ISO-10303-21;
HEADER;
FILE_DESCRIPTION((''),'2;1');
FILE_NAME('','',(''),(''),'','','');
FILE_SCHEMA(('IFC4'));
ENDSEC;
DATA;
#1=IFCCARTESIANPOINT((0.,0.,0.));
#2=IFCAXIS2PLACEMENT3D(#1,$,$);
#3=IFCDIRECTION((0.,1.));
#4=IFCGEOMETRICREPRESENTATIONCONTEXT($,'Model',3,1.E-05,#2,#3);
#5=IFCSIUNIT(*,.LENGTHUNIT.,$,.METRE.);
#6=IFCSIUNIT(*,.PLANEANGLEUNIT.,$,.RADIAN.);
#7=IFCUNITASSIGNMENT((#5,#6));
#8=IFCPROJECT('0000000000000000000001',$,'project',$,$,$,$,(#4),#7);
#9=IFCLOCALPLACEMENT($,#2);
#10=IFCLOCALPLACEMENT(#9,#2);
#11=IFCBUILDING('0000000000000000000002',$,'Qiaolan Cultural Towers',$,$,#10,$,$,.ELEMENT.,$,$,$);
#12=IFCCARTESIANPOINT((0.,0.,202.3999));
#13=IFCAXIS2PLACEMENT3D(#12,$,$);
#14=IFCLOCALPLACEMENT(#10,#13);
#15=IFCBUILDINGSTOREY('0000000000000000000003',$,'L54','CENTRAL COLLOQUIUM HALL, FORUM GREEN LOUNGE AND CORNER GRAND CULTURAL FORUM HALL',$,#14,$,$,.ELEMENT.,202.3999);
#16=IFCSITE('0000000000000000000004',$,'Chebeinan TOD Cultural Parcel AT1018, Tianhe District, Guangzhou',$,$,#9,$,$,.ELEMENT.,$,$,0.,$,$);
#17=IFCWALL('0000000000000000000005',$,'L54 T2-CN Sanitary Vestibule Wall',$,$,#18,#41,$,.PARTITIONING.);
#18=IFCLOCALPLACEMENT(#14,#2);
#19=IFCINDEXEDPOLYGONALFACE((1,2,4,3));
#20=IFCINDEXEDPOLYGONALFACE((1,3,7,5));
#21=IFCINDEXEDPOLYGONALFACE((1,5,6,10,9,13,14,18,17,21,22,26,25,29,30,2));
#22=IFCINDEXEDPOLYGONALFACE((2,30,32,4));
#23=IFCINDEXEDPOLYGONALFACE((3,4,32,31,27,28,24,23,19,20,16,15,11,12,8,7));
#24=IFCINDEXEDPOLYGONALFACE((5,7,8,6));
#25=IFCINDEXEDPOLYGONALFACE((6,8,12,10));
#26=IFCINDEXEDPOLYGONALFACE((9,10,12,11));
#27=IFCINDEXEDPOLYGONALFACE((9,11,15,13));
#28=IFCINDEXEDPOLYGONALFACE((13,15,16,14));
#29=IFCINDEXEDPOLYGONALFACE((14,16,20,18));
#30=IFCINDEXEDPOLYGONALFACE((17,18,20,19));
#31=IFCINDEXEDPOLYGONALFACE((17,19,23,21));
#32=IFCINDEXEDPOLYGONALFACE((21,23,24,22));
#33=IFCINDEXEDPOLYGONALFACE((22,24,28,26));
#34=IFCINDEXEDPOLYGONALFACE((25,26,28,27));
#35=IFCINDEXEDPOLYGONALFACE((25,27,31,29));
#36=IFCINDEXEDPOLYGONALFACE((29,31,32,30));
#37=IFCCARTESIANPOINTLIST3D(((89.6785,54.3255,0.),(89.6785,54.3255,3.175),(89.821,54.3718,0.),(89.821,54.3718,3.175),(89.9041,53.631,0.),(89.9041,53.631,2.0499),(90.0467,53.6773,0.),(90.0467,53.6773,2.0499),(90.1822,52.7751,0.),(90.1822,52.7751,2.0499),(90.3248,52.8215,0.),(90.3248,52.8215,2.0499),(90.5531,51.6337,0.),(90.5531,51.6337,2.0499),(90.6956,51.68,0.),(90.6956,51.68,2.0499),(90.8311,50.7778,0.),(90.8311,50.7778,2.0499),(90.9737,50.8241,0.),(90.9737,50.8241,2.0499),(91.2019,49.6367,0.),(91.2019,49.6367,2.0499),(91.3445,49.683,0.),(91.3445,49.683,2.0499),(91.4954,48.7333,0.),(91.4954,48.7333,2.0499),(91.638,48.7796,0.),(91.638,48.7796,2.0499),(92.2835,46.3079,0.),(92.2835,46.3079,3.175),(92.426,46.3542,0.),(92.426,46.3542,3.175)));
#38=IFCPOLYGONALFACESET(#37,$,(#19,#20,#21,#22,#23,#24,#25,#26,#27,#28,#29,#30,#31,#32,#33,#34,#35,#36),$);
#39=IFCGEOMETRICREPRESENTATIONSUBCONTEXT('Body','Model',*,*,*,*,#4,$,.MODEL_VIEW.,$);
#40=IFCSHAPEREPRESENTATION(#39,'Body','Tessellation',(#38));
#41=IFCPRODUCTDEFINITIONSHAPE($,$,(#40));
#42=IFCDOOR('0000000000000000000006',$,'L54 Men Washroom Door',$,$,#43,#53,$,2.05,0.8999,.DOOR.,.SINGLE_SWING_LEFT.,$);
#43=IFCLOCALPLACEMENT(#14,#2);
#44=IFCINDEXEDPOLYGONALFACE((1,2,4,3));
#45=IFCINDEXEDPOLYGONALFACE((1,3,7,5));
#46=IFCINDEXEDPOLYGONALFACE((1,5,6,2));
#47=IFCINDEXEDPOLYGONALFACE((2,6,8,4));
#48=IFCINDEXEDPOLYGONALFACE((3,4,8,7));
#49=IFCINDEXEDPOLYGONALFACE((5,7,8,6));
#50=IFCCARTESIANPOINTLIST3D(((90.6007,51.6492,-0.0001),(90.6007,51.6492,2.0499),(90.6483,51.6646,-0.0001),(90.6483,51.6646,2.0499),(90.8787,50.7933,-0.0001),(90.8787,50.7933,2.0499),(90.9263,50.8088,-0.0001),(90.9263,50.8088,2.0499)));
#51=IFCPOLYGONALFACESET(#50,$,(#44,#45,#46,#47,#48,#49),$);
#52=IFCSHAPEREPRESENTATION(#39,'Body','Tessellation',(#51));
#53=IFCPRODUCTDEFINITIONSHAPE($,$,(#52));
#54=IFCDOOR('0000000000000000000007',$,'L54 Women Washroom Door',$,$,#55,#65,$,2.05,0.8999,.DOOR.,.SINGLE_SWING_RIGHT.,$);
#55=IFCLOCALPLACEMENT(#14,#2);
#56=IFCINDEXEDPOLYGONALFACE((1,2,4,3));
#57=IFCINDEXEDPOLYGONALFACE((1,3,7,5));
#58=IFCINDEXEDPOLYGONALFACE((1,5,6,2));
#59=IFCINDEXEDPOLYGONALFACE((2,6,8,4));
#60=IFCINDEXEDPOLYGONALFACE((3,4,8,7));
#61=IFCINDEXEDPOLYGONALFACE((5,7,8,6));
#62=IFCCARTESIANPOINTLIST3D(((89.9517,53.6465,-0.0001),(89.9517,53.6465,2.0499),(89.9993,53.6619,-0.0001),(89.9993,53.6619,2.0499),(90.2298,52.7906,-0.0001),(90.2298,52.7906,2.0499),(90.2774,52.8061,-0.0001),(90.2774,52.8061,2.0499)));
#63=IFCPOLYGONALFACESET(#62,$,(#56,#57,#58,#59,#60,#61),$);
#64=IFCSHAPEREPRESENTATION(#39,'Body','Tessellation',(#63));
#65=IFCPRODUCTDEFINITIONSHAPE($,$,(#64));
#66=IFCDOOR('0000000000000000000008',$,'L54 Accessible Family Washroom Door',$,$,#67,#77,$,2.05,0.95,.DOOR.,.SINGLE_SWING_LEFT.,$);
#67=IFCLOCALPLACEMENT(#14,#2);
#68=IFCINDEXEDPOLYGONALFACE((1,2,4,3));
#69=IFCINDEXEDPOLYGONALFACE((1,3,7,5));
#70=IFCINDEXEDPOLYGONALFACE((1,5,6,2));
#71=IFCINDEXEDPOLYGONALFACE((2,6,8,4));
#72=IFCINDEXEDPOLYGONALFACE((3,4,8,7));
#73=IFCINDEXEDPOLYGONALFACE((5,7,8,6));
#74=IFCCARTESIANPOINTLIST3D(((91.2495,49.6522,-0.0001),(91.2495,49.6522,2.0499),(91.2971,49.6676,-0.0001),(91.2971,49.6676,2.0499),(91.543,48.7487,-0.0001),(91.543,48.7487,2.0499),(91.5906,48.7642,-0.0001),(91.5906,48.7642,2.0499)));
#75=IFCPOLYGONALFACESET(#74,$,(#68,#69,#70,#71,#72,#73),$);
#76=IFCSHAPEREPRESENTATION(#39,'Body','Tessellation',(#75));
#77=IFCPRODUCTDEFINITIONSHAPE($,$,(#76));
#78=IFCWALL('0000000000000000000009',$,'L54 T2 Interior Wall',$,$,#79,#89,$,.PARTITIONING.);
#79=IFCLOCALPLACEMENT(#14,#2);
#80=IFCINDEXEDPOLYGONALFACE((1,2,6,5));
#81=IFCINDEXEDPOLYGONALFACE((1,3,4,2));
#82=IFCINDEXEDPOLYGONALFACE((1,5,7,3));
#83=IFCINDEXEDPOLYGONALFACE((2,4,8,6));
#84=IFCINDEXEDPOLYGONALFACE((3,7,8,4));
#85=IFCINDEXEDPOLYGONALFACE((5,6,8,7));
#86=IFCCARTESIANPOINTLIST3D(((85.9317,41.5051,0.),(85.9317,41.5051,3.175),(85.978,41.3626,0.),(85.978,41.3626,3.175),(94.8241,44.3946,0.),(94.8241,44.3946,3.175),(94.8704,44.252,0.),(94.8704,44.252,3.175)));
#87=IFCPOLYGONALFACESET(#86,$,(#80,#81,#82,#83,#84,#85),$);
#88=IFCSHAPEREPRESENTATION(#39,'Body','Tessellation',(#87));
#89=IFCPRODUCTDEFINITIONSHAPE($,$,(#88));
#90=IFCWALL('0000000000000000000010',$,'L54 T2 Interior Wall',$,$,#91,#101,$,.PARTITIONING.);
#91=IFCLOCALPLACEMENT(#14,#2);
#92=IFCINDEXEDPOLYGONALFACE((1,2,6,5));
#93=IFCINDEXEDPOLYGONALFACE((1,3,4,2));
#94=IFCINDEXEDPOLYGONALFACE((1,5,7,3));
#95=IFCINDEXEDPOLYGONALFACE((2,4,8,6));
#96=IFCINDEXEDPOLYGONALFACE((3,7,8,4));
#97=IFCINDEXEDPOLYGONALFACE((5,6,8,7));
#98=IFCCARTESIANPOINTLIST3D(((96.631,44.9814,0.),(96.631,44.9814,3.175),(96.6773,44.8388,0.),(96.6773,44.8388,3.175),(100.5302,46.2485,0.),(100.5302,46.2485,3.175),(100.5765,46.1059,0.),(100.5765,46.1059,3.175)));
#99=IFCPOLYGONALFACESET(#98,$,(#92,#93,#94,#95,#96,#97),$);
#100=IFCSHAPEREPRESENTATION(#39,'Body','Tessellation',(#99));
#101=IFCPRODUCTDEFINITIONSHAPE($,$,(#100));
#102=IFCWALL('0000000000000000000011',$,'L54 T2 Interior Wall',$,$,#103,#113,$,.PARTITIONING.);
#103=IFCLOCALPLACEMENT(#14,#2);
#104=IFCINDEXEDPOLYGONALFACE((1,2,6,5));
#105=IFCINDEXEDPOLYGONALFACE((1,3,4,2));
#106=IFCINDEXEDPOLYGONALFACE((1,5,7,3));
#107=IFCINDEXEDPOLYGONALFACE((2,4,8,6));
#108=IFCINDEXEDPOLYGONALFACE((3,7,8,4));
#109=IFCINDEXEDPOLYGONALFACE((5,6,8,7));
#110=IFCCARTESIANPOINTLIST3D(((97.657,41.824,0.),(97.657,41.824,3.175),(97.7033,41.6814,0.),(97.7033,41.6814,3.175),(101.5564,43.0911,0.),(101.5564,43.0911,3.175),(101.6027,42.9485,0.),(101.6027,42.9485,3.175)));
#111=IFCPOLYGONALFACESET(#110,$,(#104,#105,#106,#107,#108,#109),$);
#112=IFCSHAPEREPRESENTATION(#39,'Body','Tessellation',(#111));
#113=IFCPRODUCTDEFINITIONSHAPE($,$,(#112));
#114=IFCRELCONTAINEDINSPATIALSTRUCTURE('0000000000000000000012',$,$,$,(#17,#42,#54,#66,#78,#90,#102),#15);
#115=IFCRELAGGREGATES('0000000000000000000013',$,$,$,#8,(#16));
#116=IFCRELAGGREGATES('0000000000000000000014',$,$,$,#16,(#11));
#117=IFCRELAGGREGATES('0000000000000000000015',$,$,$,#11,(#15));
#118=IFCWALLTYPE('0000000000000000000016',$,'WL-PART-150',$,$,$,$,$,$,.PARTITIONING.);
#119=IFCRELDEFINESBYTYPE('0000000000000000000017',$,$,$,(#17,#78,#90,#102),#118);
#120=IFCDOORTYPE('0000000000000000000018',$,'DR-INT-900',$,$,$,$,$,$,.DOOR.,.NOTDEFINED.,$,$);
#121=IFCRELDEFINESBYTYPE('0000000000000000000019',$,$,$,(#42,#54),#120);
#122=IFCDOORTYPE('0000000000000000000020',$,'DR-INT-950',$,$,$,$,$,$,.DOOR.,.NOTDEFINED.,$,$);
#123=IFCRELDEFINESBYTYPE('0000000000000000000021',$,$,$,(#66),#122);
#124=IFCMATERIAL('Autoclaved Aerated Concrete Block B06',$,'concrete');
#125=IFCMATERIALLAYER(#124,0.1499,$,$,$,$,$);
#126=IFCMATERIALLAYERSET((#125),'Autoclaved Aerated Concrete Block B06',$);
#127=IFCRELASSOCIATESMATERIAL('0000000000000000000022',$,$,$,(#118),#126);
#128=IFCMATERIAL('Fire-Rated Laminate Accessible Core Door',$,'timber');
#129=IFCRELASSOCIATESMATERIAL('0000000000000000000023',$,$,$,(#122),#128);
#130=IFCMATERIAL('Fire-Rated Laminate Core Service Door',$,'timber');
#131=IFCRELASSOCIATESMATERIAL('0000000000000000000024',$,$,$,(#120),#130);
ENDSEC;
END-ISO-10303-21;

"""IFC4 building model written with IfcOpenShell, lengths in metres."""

from ifc_helpers import new_model, si_unit, direction, frame, frame_2d, origin, place, context, subcontext, project, spatial, rectangle, extrude, material, layer, layer_set, type_object, element, fill, save


model = new_model("IFC4")

# Units and contexts
model_context = context("Model", 3, precision=1e-05, world=origin(), true_north=direction((0.0, 1.0)))
body_context = subcontext(model_context, "Body", "Model", "MODEL_VIEW")
ifc_project = project(units=[si_unit("LENGTHUNIT", "METRE"), si_unit("PLANEANGLEUNIT", "RADIAN")], contexts=[model_context])

# Site, building, storey
site_placement = place(None, origin())
site = spatial("IfcSite", under=ifc_project, at=site_placement, Name="Chebeinan TOD Cultural Parcel AT1018, Tianhe District, Guangzhou", CompositionType="ELEMENT", RefElevation=0.0)
building_placement = place(site_placement, origin())
building = spatial("IfcBuilding", under=site, at=building_placement, Name="Qiaolan Cultural Towers", CompositionType="ELEMENT")
storey_placement = place(building_placement, frame((0.0, 0.0, 202.3999)))
storey = spatial("IfcBuildingStorey", under=building, at=storey_placement, Name="L54", Description="CENTRAL COLLOQUIUM HALL, FORUM GREEN LOUNGE AND CORNER GRAND CULTURAL FORUM HALL", CompositionType="ELEMENT", Elevation=202.3999)

# Shared definitions
ifc_material_1 = material(Name="Autoclaved Aerated Concrete Block B06", Category="concrete")
ifc_layer_1 = layer(ifc_material_1, 0.1499)
ifc_layer_set_1 = layer_set([ifc_layer_1], Name="Autoclaved Aerated Concrete Block B06")
wall_type_1 = type_object("IfcWallType", Name="WL-PART-150", PredefinedType="PARTITIONING", material=ifc_layer_set_1)
ifc_material_2 = material(Name="Fire-Rated Laminate Accessible Core Door", Category="timber")
door_type_1 = type_object("IfcDoorType", Name="DR-INT-950", OperationType="NOTDEFINED", PredefinedType="DOOR", material=ifc_material_2)

# Wall, openings, doors
wall_1_placement = place(storey_placement, frame((92.3547, 46.3311, 0.0), z_axis=(0.0, 0.0, 1.0), x_axis=(-0.309007, 0.95106, 0.0)))
wall_1 = element("IfcWall", 1, at=wall_1_placement, inside=storey, type_object=wall_type_1, Name="L54 T2-CN Sanitary Vestibule Wall", PredefinedType="PARTITIONING", context=body_context, shape_type="SweptSolid", body=[
    extrude(rectangle(XDim=8.4302, YDim=0.1499, at=frame_2d((4.2151, 0.0))), origin(), (0.0, 0.0, 1.0), 3.175),
])
opening_1_placement = place(wall_1_placement, frame((2.55, 0.0, 0.0)))
opening_1 = element("IfcOpeningElement", 2, at=opening_1_placement, cuts=wall_1, PredefinedType="OPENING", context=body_context, shape_type="SweptSolid", body=[
    extrude(rectangle(XDim=0.95, YDim=2.05, at=frame_2d((0.4751, 1.0249))), frame((0.0, 0.085, 0.0), z_axis=(0.0, -1.0, 0.0), x_axis=(1.0, 0.0, 0.0)), (0.0, 0.0, 1.0), 0.1699),
])
opening_2_placement = place(wall_1_placement, frame((4.7, 0.0, 0.0)))
opening_2 = element("IfcOpeningElement", 3, at=opening_2_placement, cuts=wall_1, PredefinedType="OPENING", context=body_context, shape_type="SweptSolid", body=[
    extrude(rectangle(XDim=0.8999, YDim=2.05, at=frame_2d((0.45, 1.0249))), frame((0.0, 0.085, 0.0), z_axis=(0.0, -1.0, 0.0), x_axis=(1.0, 0.0, 0.0)), (0.0, 0.0, 1.0), 0.1699),
])
opening_3_placement = place(wall_1_placement, frame((6.8, 0.0, 0.0)))
opening_3 = element("IfcOpeningElement", 4, at=opening_3_placement, cuts=wall_1, PredefinedType="OPENING", context=body_context, shape_type="SweptSolid", body=[
    extrude(rectangle(XDim=0.8999, YDim=2.05, at=frame_2d((0.45, 1.0249))), frame((0.0, 0.085, 0.0), z_axis=(0.0, -1.0, 0.0), x_axis=(1.0, 0.0, 0.0)), (0.0, 0.0, 1.0), 0.1699),
])
ifc_material_3 = material(Name="Fire-Rated Laminate Core Service Door", Category="timber")
door_type_2 = type_object("IfcDoorType", Name="DR-INT-900", OperationType="NOTDEFINED", PredefinedType="DOOR", material=ifc_material_3)
door_1_placement = place(opening_2_placement, origin())
door_1 = element("IfcDoor", 5, at=door_1_placement, inside=storey, type_object=door_type_2, Name="L54 Men Washroom Door", OperationType="SINGLE_SWING_LEFT", OverallHeight=2.05, OverallWidth=0.8999, PredefinedType="DOOR", context=body_context, shape_type="SweptSolid", body=[
    extrude(rectangle(XDim=0.8999, YDim=2.05, at=frame_2d((0.45, 1.0249))), frame((0.0, 0.0249, 0.0), z_axis=(0.0, -1.0, 0.0), x_axis=(1.0, 0.0, 0.0)), (0.0, 0.0, 1.0), 0.05),
])
fill(opening_2, door_1)
door_2_placement = place(opening_3_placement, origin())
door_2 = element("IfcDoor", 6, at=door_2_placement, inside=storey, type_object=door_type_2, Name="L54 Women Washroom Door", OperationType="SINGLE_SWING_RIGHT", OverallHeight=2.05, OverallWidth=0.8999, PredefinedType="DOOR", context=body_context, shape_type="SweptSolid", body=[
    extrude(rectangle(XDim=0.8999, YDim=2.05, at=frame_2d((0.45, 1.0249))), frame((0.0, 0.0249, 0.0), z_axis=(0.0, -1.0, 0.0), x_axis=(1.0, 0.0, 0.0)), (0.0, 0.0, 1.0), 0.05),
])
fill(opening_3, door_2)
door_3_placement = place(opening_1_placement, origin())
door_3 = element("IfcDoor", 7, at=door_3_placement, inside=storey, type_object=door_type_1, Name="L54 Accessible Family Washroom Door", OperationType="SINGLE_SWING_LEFT", OverallHeight=2.05, OverallWidth=0.95, PredefinedType="DOOR", context=body_context, shape_type="SweptSolid", body=[
    extrude(rectangle(XDim=0.95, YDim=2.05, at=frame_2d((0.4751, 1.0249))), frame((0.0, 0.0249, 0.0), z_axis=(0.0, -1.0, 0.0), x_axis=(1.0, 0.0, 0.0)), (0.0, 0.0, 1.0), 0.05),
])
fill(opening_1, door_3)

# Walls
wall_2_placement = place(storey_placement, frame((85.9548, 41.4338, 0.0), z_axis=(0.0, 0.0, 1.0), x_axis=(0.951053, 0.309028, 0.0)))
element("IfcWall", 8, at=wall_2_placement, inside=storey, type_object=wall_type_1, Name="L54 T2 Interior Wall", PredefinedType="PARTITIONING", context=body_context, shape_type="SweptSolid", body=[
    extrude(rectangle(XDim=9.3501, YDim=0.1499, at=frame_2d((4.675, 0.0))), origin(), (0.0, 0.0, 1.0), 3.175),
])
wall_3_placement = place(storey_placement, frame((96.6543, 44.9102, 0.0), z_axis=(0.0, 0.0, 1.0), x_axis=(0.951044, 0.309055, 0.0)))
element("IfcWall", 9, at=wall_3_placement, inside=storey, type_object=wall_type_1, Name="L54 T2 Interior Wall", PredefinedType="PARTITIONING", context=body_context, shape_type="SweptSolid", body=[
    extrude(rectangle(XDim=4.0999, YDim=0.1499, at=frame_2d((2.0498, 0.0))), origin(), (0.0, 0.0, 1.0), 3.175),
])
wall_4_placement = place(storey_placement, frame((97.6802, 41.7527, 0.0), z_axis=(0.0, 0.0, 1.0), x_axis=(0.95105, 0.309038, 0.0)))
element("IfcWall", 10, at=wall_4_placement, inside=storey, type_object=wall_type_1, Name="L54 T2 Interior Wall", PredefinedType="PARTITIONING", context=body_context, shape_type="SweptSolid", body=[
    extrude(rectangle(XDim=4.1001, YDim=0.1499, at=frame_2d((2.05, 0.0))), origin(), (0.0, 0.0, 1.0), 3.175),
])

save(model, "model.ifc")
